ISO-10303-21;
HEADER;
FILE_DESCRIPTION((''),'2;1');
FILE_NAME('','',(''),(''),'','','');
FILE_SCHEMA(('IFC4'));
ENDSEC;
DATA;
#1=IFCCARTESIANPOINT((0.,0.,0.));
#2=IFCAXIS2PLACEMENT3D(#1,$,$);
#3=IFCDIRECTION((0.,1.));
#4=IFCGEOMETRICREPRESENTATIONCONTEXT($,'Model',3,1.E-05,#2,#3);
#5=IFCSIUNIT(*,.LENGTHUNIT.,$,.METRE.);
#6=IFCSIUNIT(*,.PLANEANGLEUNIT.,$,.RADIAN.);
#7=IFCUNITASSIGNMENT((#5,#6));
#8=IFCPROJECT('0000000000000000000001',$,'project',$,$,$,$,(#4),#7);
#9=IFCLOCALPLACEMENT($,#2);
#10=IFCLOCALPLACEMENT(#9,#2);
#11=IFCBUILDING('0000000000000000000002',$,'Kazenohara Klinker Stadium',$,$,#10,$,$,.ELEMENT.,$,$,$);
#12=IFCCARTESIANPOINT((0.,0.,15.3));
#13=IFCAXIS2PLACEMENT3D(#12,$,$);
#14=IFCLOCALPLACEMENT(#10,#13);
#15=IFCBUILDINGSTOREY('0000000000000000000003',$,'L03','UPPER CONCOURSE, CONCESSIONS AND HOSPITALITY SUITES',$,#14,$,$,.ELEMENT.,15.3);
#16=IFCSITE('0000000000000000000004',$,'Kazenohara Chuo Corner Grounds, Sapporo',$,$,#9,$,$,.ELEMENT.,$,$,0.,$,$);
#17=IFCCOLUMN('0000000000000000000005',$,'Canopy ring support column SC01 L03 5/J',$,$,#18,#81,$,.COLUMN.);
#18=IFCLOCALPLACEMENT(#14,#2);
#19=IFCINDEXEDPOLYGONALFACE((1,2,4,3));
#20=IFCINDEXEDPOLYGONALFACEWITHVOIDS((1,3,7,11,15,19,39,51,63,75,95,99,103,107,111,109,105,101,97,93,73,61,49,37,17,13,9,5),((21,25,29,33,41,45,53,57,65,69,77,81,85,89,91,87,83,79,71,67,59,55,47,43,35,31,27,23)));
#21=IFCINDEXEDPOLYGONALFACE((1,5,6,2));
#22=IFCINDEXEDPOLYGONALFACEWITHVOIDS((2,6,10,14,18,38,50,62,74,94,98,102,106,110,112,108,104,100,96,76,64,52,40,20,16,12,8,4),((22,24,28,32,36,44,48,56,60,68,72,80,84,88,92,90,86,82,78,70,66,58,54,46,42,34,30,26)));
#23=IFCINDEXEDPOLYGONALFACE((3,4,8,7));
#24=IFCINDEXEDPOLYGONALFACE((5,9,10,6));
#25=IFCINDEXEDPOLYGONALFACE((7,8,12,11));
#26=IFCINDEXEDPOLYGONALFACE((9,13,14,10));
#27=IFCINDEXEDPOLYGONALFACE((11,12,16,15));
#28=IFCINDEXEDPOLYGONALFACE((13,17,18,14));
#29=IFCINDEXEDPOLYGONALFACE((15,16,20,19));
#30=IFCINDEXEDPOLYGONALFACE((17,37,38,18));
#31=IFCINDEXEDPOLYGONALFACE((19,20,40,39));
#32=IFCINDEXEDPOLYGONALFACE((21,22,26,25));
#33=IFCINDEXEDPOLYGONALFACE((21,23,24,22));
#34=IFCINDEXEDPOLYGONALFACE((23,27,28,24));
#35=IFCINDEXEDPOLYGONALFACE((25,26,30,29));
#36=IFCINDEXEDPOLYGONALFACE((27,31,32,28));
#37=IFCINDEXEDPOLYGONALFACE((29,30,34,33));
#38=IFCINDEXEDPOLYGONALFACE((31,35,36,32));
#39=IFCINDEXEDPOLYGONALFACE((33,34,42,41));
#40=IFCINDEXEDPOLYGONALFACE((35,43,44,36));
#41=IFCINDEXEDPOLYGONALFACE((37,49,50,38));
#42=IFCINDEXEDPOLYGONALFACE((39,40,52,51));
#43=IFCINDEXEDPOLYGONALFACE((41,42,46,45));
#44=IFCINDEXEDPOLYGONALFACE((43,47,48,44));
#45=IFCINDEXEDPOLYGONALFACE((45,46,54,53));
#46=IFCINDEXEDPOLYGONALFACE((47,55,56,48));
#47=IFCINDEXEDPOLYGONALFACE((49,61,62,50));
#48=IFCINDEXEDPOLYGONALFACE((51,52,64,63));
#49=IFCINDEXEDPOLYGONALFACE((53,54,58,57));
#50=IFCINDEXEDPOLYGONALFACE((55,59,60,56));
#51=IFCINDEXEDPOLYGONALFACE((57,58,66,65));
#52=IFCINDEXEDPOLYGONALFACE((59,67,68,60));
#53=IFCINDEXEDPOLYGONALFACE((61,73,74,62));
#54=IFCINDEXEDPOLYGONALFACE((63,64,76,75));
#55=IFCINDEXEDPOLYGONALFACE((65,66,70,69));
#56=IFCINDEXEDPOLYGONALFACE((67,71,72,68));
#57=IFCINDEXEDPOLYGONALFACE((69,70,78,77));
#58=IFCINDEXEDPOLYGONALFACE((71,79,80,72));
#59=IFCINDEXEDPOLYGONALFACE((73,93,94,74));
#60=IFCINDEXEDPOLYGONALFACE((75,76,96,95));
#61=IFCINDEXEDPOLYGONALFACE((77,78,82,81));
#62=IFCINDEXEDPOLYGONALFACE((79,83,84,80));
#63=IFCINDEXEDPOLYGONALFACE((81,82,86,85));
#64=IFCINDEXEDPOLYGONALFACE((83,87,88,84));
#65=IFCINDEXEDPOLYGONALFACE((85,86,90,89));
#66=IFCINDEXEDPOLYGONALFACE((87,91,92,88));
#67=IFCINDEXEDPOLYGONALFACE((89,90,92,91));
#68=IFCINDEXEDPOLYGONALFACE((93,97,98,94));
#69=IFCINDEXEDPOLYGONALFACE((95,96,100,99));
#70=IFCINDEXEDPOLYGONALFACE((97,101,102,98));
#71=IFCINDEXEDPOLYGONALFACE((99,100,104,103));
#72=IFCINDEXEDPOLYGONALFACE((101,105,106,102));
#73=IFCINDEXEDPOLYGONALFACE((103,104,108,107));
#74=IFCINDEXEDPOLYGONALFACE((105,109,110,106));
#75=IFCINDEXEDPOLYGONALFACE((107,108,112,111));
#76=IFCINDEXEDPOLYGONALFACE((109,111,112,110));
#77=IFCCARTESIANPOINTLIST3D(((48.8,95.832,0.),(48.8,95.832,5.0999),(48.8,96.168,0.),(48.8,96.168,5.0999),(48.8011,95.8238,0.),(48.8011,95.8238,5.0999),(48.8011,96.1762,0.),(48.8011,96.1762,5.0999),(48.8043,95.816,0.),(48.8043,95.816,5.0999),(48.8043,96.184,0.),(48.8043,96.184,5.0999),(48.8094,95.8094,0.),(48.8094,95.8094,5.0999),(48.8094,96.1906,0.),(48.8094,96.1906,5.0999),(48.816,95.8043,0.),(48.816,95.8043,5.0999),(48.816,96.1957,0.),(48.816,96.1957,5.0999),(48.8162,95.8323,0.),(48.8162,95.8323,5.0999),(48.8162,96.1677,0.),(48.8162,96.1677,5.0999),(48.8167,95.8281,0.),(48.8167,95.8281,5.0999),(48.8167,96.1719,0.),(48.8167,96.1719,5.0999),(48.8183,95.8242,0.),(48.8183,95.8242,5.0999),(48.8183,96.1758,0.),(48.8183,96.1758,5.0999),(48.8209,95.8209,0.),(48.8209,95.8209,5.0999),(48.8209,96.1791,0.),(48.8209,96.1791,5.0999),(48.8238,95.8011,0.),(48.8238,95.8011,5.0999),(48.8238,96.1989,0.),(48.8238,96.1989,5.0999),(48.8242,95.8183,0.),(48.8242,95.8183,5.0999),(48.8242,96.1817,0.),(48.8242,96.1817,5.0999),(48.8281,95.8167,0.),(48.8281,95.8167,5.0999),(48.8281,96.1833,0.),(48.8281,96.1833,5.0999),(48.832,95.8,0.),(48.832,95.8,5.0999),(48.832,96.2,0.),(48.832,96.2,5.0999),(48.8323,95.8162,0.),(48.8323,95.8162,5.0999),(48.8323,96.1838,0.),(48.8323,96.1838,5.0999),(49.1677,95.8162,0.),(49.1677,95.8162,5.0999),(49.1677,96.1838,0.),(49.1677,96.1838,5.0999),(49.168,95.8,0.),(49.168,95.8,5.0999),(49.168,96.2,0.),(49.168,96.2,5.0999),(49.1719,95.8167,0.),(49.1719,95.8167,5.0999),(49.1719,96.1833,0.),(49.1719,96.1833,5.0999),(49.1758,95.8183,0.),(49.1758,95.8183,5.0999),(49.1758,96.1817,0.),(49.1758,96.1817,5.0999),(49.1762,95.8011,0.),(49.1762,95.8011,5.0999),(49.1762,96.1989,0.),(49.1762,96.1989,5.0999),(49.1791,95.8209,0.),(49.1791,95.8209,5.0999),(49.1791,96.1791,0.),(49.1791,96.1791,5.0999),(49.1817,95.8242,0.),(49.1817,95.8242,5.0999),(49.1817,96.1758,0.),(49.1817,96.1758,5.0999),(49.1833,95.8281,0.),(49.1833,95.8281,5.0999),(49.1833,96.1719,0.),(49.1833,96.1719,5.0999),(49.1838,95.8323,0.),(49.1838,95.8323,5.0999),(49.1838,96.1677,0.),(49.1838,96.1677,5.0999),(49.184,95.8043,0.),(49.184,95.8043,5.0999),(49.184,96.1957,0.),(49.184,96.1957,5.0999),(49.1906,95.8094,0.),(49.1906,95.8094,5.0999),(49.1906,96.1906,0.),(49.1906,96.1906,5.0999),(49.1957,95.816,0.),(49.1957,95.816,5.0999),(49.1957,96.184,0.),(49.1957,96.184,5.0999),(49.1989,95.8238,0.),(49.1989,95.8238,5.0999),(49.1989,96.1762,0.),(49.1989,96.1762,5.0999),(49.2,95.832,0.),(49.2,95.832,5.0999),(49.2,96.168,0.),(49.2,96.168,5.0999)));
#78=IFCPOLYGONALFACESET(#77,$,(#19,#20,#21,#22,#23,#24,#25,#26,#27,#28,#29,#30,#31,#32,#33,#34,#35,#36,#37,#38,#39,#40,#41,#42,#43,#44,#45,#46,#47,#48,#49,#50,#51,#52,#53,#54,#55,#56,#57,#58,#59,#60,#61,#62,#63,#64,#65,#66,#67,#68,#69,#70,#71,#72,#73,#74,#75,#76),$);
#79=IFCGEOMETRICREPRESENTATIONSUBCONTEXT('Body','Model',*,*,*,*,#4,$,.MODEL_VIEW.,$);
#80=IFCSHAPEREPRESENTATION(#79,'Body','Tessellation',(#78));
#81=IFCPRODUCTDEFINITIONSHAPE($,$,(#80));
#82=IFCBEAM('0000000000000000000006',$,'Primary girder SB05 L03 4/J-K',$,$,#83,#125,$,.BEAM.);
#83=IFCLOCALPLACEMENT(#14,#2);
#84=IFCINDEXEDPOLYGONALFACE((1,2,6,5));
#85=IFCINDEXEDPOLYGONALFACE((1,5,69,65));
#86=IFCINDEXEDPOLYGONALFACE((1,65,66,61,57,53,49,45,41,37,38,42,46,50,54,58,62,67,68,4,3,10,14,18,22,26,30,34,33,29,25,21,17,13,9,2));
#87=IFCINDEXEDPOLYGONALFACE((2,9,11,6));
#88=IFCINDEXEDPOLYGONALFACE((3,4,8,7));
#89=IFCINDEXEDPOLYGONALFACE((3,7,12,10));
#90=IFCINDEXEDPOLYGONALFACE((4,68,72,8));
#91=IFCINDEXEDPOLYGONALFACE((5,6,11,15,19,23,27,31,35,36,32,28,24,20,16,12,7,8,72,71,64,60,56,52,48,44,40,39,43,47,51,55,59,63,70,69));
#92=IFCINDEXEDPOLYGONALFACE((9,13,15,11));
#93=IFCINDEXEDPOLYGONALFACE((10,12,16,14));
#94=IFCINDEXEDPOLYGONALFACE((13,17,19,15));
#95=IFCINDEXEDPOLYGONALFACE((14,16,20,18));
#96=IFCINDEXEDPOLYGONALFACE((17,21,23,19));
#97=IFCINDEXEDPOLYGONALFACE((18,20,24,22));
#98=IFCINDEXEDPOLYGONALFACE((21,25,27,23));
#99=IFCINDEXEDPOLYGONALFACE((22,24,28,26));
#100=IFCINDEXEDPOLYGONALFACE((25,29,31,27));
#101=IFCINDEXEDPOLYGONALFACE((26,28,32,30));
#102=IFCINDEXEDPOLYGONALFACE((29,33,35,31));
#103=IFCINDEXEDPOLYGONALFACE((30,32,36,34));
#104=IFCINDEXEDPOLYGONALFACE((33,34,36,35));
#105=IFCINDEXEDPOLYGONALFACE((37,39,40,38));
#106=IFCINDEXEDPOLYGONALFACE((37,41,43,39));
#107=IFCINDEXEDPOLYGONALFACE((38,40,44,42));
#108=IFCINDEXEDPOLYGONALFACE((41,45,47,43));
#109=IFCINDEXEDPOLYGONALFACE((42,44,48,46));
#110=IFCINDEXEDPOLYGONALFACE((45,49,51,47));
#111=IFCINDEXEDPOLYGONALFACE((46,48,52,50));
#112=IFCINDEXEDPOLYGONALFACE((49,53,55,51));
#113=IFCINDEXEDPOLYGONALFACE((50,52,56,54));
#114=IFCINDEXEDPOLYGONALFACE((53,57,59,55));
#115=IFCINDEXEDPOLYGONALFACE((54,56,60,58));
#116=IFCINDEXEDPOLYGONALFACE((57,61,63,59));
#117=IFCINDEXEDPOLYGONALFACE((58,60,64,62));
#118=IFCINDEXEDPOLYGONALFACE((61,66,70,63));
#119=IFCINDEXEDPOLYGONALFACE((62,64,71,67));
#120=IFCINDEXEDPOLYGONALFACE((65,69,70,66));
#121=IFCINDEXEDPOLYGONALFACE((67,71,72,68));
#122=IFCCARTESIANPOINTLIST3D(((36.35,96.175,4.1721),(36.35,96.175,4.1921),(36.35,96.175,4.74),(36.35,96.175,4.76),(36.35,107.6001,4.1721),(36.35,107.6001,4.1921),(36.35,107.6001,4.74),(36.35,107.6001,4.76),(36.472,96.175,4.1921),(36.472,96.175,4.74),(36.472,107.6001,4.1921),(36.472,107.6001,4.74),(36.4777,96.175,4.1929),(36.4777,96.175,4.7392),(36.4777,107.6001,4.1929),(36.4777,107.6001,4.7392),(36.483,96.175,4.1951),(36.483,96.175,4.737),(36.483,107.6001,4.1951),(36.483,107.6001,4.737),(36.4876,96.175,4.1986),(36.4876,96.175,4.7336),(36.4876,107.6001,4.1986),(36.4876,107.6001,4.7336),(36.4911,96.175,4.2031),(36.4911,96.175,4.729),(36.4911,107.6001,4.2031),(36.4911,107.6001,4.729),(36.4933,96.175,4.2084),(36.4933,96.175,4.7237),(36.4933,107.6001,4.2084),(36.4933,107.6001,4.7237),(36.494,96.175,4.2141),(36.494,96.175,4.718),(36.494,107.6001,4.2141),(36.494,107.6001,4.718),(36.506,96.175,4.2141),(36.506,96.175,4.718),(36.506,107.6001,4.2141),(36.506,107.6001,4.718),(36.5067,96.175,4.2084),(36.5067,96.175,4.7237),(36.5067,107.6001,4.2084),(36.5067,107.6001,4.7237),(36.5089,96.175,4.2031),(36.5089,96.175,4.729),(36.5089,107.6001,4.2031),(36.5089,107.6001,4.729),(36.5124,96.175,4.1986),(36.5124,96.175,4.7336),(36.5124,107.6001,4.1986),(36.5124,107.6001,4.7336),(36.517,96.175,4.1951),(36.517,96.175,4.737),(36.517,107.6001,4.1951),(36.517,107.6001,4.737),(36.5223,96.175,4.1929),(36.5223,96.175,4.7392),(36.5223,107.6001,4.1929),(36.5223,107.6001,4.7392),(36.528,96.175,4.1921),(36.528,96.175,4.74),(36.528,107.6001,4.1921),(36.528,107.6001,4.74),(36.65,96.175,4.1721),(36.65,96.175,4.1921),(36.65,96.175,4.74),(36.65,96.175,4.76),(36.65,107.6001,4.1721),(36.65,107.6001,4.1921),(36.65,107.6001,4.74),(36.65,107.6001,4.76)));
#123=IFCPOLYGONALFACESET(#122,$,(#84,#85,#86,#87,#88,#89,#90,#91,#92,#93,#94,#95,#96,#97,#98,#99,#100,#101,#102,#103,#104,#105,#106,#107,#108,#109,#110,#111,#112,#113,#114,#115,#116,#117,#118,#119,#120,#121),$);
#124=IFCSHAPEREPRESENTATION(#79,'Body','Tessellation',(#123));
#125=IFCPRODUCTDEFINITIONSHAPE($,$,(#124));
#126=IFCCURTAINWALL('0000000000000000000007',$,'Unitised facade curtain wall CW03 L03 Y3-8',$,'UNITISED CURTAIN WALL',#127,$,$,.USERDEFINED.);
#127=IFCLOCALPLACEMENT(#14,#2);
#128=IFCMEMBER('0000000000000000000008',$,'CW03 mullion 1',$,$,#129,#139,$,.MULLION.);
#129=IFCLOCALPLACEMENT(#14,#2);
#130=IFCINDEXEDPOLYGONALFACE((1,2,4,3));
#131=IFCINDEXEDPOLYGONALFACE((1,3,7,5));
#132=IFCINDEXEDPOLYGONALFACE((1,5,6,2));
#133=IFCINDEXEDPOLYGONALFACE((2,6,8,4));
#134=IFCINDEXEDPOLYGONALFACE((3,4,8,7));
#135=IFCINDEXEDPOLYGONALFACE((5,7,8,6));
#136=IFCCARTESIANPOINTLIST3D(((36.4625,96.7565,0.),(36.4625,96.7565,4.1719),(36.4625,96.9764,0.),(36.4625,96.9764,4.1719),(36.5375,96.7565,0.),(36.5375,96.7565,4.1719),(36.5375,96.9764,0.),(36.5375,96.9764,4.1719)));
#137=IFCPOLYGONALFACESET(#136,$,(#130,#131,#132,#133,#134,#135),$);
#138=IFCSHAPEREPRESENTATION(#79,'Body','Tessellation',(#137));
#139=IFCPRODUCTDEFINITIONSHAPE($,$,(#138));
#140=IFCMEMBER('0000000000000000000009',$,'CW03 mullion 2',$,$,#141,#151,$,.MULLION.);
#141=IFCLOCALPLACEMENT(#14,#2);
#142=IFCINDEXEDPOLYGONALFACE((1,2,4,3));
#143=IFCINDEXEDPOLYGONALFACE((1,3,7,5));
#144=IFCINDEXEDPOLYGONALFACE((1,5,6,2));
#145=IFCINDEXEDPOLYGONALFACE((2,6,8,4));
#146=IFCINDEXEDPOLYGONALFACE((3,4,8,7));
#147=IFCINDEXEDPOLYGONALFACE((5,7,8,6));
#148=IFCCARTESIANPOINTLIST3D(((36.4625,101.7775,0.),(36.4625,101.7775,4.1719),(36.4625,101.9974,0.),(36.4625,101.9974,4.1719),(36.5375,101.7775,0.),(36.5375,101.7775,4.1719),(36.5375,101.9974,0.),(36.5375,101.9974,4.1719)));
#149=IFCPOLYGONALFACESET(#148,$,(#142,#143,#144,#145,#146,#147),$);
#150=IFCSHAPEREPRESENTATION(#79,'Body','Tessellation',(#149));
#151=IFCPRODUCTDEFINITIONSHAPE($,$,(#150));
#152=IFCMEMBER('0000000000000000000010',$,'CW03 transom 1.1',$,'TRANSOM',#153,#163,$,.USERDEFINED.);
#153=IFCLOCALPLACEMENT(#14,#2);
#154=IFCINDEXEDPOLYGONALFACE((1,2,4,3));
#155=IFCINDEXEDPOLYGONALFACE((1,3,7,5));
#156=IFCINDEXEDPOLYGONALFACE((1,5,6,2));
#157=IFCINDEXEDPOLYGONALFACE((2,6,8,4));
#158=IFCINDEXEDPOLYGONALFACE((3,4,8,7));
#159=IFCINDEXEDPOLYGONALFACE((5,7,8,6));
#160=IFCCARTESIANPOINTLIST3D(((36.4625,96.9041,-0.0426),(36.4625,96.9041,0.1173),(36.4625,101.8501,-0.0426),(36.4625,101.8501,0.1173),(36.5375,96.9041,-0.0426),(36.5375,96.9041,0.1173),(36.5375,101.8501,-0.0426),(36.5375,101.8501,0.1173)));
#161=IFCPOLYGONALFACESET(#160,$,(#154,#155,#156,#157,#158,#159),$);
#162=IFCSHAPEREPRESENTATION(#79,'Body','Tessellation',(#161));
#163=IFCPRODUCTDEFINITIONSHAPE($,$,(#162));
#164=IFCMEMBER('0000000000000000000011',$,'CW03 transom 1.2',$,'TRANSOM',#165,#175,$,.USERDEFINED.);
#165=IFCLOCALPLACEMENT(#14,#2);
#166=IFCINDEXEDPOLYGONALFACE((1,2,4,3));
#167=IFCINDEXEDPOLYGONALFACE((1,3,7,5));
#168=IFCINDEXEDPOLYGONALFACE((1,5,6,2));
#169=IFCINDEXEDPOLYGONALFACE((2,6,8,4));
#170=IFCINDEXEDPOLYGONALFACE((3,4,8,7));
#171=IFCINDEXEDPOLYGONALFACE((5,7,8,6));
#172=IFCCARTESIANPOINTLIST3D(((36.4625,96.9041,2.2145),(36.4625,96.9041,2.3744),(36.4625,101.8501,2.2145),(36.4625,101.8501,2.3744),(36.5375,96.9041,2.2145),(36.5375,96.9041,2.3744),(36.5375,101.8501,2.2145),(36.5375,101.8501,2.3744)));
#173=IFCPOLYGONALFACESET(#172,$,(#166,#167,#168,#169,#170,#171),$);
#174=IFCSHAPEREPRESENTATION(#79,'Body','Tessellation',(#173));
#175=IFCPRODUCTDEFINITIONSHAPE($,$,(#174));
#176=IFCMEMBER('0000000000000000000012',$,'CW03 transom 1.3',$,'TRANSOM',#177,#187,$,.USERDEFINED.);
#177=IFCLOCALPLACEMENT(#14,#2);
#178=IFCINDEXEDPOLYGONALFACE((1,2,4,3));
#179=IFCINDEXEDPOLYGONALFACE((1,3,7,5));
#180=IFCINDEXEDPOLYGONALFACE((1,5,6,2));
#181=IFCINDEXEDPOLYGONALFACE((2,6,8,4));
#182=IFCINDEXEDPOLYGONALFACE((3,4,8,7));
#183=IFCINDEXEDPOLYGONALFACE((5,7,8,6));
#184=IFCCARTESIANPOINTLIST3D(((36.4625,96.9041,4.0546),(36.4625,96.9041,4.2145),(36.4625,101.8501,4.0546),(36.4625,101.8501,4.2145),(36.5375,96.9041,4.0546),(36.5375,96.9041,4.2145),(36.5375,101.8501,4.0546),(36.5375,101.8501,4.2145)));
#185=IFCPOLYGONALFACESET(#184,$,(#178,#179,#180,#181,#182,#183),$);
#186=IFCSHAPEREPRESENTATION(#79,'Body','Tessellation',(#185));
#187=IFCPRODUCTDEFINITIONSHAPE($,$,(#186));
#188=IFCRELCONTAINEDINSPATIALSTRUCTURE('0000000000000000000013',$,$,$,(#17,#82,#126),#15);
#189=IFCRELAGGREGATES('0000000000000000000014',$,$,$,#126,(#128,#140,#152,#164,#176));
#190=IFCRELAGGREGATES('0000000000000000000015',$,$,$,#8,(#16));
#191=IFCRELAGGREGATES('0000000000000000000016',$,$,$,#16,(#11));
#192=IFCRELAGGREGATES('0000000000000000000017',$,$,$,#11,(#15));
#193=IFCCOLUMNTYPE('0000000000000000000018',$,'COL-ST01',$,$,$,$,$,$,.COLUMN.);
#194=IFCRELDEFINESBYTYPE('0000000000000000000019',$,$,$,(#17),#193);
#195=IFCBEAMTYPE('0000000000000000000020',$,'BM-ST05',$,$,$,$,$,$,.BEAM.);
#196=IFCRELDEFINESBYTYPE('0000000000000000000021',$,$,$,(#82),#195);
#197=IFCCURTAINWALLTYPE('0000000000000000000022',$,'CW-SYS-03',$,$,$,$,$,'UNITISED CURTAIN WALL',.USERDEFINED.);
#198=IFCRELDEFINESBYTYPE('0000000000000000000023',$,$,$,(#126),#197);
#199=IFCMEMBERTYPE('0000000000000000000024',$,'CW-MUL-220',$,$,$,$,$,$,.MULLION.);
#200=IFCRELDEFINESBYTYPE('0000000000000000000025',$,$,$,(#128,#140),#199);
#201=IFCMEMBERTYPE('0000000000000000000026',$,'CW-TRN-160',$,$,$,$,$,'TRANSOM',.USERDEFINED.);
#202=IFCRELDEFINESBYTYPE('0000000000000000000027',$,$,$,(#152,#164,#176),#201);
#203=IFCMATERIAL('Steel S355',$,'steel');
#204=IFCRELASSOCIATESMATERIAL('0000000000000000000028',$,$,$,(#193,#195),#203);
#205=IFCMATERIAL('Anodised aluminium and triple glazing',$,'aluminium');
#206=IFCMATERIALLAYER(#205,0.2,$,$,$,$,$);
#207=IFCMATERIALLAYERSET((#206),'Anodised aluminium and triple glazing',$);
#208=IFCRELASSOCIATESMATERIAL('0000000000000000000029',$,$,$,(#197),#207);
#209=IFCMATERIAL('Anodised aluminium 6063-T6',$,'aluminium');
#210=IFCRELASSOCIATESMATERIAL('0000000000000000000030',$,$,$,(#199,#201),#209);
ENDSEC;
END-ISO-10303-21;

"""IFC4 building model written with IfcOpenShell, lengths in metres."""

from ifc_helpers import new_model, si_unit, direction, frame, origin, origin_2d, place, context, subcontext, project, spatial, rectangle, hollow_rectangle, i_section, extrude, material, layer, layer_set, material_profile, profile_set, type_object, element, aggregate, save


model = new_model("IFC4")

# Units and contexts
model_context = context("Model", 3, precision=1e-05, world=origin(), true_north=direction((0.0, 1.0)))
body_context = subcontext(model_context, "Body", "Model", "MODEL_VIEW")
ifc_project = project(units=[si_unit("LENGTHUNIT", "METRE"), si_unit("PLANEANGLEUNIT", "RADIAN")], contexts=[model_context])

# Site, building, storey
site_placement = place(None, origin())
site = spatial("IfcSite", under=ifc_project, at=site_placement, Name="Kazenohara Chuo Corner Grounds, Sapporo", CompositionType="ELEMENT", RefElevation=0.0)
building_placement = place(site_placement, origin())
building = spatial("IfcBuilding", under=site, at=building_placement, Name="Kazenohara Klinker Stadium", CompositionType="ELEMENT")
storey_placement = place(building_placement, frame((0.0, 0.0, 15.3)))
storey = spatial("IfcBuildingStorey", under=building, at=storey_placement, Name="L03", Description="UPPER CONCOURSE, CONCESSIONS AND HOSPITALITY SUITES", CompositionType="ELEMENT", Elevation=15.3)

# Column
ifc_material_1 = material(Name="Steel S355", Category="steel")
ifc_material_profile_1 = material_profile(ifc_material_1, hollow_rectangle(XDim=0.3999, YDim=0.3999, WallThickness=0.0161, InnerFilletRadius=0.0161, OuterFilletRadius=0.032, at=origin_2d()), Name="SHS-400x400x16")
ifc_profile_set_1 = profile_set([ifc_material_profile_1], Name="Steel S355")
column_type = type_object("IfcColumnType", Name="COL-ST01", PredefinedType="COLUMN", material=ifc_profile_set_1)
column_placement = place(storey_placement, frame((49.0, 96.0, 0.0), z_axis=(0.0, 0.0, 1.0), x_axis=(1.0, 0.0, 0.0)))
element("IfcColumn", 1, at=column_placement, inside=storey, type_object=column_type, Name="Canopy ring support column SC01 L03 5/J", PredefinedType="COLUMN", context=body_context, shape_type="SweptSolid", body=[
    extrude(hollow_rectangle(XDim=0.3999, YDim=0.3999, WallThickness=0.0161, InnerFilletRadius=0.0161, OuterFilletRadius=0.032, at=origin_2d()), origin(), (0.0, 0.0, 1.0), 5.0999),
])

# Beam
ifc_material_profile_2 = material_profile(ifc_material_1, i_section(OverallWidth=0.3, OverallDepth=0.5879, WebThickness=0.012, FlangeThickness=0.02, FilletRadius=0.022, at=origin_2d()), Name="H-588x300x12x20")
ifc_profile_set_2 = profile_set([ifc_material_profile_2], Name="Steel S355")
beam_type = type_object("IfcBeamType", Name="BM-ST05", PredefinedType="BEAM", material=ifc_profile_set_2)
beam_placement = place(storey_placement, frame((36.5, 96.175, 4.4661), z_axis=(0.0, 1.0, 0.0), x_axis=(-1.0, 0.0, 0.0)))
element("IfcBeam", 2, at=beam_placement, inside=storey, type_object=beam_type, Name="Primary girder SB05 L03 4/J-K", PredefinedType="BEAM", context=body_context, shape_type="SweptSolid", body=[
    extrude(i_section(OverallWidth=0.3, OverallDepth=0.5879, WebThickness=0.012, FlangeThickness=0.02, FilletRadius=0.022, at=origin_2d()), origin(), (0.0, 0.0, 1.0), 11.425),
])

# Curtain wall, members
ifc_material_2 = material(Name="Anodised aluminium and triple glazing", Category="aluminium")
ifc_layer_1 = layer(ifc_material_2, 0.2)
ifc_layer_set_1 = layer_set([ifc_layer_1], Name="Anodised aluminium and triple glazing")
curtain_wall_type = type_object("IfcCurtainWallType", Name="CW-SYS-03", ElementType="UNITISED CURTAIN WALL", PredefinedType="USERDEFINED", material=ifc_layer_set_1)
curtain_wall_placement = place(storey_placement, origin())
curtain_wall = element("IfcCurtainWall", 3, at=curtain_wall_placement, inside=storey, type_object=curtain_wall_type, Name="Unitised facade curtain wall CW03 L03 Y3-8", ObjectType="UNITISED CURTAIN WALL", PredefinedType="USERDEFINED")
ifc_material_3 = material(Name="Anodised aluminium 6063-T6", Category="aluminium")
ifc_material_profile_3 = material_profile(ifc_material_3, rectangle(XDim=0.075, YDim=0.22, at=origin_2d()), Name="ALU-MUL-75x220")
ifc_profile_set_3 = profile_set([ifc_material_profile_3], Name="Anodised aluminium 6063-T6")
member_type_1 = type_object("IfcMemberType", Name="CW-MUL-220", PredefinedType="MULLION", material=ifc_profile_set_3)
member_1_placement = place(storey_placement, frame((36.5, 96.8665, 0.0), z_axis=(0.0, 0.0, 1.0), x_axis=(-1.0, 0.0, 0.0)))
member_1 = element("IfcMember", 4, at=member_1_placement, type_object=member_type_1, Name="CW03 mullion 1", PredefinedType="MULLION", context=body_context, shape_type="SweptSolid", body=[
    extrude(rectangle(XDim=0.075, YDim=0.22, at=origin_2d()), origin(), (0.0, 0.0, 1.0), 4.1719),
])
member_2_placement = place(storey_placement, frame((36.5, 101.8875, 0.0), z_axis=(0.0, 0.0, 1.0), x_axis=(-1.0, 0.0, 0.0)))
member_2 = element("IfcMember", 5, at=member_2_placement, type_object=member_type_1, Name="CW03 mullion 2", PredefinedType="MULLION", context=body_context, shape_type="SweptSolid", body=[
    extrude(rectangle(XDim=0.075, YDim=0.22, at=origin_2d()), origin(), (0.0, 0.0, 1.0), 4.1719),
])
ifc_material_profile_4 = material_profile(ifc_material_3, rectangle(XDim=0.075, YDim=0.1599, at=origin_2d()), Name="ALU-TRN-75x160")
ifc_profile_set_4 = profile_set([ifc_material_profile_4], Name="Anodised aluminium 6063-T6")
member_type_2 = type_object("IfcMemberType", Name="CW-TRN-160", ElementType="TRANSOM", PredefinedType="USERDEFINED", material=ifc_profile_set_4)
member_3_placement = place(storey_placement, frame((36.5, 96.9041, 0.0374), z_axis=(0.0, 1.0, 0.0), x_axis=(-1.0, 0.0, 0.0)))
member_3 = element("IfcMember", 6, at=member_3_placement, type_object=member_type_2, Name="CW03 transom 1.1", ObjectType="TRANSOM", PredefinedType="USERDEFINED", context=body_context, shape_type="SweptSolid", body=[
    extrude(rectangle(XDim=0.075, YDim=0.1599, at=origin_2d()), origin(), (0.0, 0.0, 1.0), 4.946),
])
member_4_placement = place(storey_placement, frame((36.5, 96.9041, 2.2944), z_axis=(0.0, 1.0, 0.0), x_axis=(-1.0, 0.0, 0.0)))
member_4 = element("IfcMember", 7, at=member_4_placement, type_object=member_type_2, Name="CW03 transom 1.2", ObjectType="TRANSOM", PredefinedType="USERDEFINED", context=body_context, shape_type="SweptSolid", body=[
    extrude(rectangle(XDim=0.075, YDim=0.1599, at=origin_2d()), origin(), (0.0, 0.0, 1.0), 4.946),
])
member_5_placement = place(storey_placement, frame((36.5, 96.9041, 4.1345), z_axis=(0.0, 1.0, 0.0), x_axis=(-1.0, 0.0, 0.0)))
member_5 = element("IfcMember", 8, at=member_5_placement, type_object=member_type_2, Name="CW03 transom 1.3", ObjectType="TRANSOM", PredefinedType="USERDEFINED", context=body_context, shape_type="SweptSolid", body=[
    extrude(rectangle(XDim=0.075, YDim=0.1599, at=origin_2d()), origin(), (0.0, 0.0, 1.0), 4.946),
])

aggregate(curtain_wall, [member_1, member_2, member_3, member_4, member_5])

save(model, "model.ifc")
